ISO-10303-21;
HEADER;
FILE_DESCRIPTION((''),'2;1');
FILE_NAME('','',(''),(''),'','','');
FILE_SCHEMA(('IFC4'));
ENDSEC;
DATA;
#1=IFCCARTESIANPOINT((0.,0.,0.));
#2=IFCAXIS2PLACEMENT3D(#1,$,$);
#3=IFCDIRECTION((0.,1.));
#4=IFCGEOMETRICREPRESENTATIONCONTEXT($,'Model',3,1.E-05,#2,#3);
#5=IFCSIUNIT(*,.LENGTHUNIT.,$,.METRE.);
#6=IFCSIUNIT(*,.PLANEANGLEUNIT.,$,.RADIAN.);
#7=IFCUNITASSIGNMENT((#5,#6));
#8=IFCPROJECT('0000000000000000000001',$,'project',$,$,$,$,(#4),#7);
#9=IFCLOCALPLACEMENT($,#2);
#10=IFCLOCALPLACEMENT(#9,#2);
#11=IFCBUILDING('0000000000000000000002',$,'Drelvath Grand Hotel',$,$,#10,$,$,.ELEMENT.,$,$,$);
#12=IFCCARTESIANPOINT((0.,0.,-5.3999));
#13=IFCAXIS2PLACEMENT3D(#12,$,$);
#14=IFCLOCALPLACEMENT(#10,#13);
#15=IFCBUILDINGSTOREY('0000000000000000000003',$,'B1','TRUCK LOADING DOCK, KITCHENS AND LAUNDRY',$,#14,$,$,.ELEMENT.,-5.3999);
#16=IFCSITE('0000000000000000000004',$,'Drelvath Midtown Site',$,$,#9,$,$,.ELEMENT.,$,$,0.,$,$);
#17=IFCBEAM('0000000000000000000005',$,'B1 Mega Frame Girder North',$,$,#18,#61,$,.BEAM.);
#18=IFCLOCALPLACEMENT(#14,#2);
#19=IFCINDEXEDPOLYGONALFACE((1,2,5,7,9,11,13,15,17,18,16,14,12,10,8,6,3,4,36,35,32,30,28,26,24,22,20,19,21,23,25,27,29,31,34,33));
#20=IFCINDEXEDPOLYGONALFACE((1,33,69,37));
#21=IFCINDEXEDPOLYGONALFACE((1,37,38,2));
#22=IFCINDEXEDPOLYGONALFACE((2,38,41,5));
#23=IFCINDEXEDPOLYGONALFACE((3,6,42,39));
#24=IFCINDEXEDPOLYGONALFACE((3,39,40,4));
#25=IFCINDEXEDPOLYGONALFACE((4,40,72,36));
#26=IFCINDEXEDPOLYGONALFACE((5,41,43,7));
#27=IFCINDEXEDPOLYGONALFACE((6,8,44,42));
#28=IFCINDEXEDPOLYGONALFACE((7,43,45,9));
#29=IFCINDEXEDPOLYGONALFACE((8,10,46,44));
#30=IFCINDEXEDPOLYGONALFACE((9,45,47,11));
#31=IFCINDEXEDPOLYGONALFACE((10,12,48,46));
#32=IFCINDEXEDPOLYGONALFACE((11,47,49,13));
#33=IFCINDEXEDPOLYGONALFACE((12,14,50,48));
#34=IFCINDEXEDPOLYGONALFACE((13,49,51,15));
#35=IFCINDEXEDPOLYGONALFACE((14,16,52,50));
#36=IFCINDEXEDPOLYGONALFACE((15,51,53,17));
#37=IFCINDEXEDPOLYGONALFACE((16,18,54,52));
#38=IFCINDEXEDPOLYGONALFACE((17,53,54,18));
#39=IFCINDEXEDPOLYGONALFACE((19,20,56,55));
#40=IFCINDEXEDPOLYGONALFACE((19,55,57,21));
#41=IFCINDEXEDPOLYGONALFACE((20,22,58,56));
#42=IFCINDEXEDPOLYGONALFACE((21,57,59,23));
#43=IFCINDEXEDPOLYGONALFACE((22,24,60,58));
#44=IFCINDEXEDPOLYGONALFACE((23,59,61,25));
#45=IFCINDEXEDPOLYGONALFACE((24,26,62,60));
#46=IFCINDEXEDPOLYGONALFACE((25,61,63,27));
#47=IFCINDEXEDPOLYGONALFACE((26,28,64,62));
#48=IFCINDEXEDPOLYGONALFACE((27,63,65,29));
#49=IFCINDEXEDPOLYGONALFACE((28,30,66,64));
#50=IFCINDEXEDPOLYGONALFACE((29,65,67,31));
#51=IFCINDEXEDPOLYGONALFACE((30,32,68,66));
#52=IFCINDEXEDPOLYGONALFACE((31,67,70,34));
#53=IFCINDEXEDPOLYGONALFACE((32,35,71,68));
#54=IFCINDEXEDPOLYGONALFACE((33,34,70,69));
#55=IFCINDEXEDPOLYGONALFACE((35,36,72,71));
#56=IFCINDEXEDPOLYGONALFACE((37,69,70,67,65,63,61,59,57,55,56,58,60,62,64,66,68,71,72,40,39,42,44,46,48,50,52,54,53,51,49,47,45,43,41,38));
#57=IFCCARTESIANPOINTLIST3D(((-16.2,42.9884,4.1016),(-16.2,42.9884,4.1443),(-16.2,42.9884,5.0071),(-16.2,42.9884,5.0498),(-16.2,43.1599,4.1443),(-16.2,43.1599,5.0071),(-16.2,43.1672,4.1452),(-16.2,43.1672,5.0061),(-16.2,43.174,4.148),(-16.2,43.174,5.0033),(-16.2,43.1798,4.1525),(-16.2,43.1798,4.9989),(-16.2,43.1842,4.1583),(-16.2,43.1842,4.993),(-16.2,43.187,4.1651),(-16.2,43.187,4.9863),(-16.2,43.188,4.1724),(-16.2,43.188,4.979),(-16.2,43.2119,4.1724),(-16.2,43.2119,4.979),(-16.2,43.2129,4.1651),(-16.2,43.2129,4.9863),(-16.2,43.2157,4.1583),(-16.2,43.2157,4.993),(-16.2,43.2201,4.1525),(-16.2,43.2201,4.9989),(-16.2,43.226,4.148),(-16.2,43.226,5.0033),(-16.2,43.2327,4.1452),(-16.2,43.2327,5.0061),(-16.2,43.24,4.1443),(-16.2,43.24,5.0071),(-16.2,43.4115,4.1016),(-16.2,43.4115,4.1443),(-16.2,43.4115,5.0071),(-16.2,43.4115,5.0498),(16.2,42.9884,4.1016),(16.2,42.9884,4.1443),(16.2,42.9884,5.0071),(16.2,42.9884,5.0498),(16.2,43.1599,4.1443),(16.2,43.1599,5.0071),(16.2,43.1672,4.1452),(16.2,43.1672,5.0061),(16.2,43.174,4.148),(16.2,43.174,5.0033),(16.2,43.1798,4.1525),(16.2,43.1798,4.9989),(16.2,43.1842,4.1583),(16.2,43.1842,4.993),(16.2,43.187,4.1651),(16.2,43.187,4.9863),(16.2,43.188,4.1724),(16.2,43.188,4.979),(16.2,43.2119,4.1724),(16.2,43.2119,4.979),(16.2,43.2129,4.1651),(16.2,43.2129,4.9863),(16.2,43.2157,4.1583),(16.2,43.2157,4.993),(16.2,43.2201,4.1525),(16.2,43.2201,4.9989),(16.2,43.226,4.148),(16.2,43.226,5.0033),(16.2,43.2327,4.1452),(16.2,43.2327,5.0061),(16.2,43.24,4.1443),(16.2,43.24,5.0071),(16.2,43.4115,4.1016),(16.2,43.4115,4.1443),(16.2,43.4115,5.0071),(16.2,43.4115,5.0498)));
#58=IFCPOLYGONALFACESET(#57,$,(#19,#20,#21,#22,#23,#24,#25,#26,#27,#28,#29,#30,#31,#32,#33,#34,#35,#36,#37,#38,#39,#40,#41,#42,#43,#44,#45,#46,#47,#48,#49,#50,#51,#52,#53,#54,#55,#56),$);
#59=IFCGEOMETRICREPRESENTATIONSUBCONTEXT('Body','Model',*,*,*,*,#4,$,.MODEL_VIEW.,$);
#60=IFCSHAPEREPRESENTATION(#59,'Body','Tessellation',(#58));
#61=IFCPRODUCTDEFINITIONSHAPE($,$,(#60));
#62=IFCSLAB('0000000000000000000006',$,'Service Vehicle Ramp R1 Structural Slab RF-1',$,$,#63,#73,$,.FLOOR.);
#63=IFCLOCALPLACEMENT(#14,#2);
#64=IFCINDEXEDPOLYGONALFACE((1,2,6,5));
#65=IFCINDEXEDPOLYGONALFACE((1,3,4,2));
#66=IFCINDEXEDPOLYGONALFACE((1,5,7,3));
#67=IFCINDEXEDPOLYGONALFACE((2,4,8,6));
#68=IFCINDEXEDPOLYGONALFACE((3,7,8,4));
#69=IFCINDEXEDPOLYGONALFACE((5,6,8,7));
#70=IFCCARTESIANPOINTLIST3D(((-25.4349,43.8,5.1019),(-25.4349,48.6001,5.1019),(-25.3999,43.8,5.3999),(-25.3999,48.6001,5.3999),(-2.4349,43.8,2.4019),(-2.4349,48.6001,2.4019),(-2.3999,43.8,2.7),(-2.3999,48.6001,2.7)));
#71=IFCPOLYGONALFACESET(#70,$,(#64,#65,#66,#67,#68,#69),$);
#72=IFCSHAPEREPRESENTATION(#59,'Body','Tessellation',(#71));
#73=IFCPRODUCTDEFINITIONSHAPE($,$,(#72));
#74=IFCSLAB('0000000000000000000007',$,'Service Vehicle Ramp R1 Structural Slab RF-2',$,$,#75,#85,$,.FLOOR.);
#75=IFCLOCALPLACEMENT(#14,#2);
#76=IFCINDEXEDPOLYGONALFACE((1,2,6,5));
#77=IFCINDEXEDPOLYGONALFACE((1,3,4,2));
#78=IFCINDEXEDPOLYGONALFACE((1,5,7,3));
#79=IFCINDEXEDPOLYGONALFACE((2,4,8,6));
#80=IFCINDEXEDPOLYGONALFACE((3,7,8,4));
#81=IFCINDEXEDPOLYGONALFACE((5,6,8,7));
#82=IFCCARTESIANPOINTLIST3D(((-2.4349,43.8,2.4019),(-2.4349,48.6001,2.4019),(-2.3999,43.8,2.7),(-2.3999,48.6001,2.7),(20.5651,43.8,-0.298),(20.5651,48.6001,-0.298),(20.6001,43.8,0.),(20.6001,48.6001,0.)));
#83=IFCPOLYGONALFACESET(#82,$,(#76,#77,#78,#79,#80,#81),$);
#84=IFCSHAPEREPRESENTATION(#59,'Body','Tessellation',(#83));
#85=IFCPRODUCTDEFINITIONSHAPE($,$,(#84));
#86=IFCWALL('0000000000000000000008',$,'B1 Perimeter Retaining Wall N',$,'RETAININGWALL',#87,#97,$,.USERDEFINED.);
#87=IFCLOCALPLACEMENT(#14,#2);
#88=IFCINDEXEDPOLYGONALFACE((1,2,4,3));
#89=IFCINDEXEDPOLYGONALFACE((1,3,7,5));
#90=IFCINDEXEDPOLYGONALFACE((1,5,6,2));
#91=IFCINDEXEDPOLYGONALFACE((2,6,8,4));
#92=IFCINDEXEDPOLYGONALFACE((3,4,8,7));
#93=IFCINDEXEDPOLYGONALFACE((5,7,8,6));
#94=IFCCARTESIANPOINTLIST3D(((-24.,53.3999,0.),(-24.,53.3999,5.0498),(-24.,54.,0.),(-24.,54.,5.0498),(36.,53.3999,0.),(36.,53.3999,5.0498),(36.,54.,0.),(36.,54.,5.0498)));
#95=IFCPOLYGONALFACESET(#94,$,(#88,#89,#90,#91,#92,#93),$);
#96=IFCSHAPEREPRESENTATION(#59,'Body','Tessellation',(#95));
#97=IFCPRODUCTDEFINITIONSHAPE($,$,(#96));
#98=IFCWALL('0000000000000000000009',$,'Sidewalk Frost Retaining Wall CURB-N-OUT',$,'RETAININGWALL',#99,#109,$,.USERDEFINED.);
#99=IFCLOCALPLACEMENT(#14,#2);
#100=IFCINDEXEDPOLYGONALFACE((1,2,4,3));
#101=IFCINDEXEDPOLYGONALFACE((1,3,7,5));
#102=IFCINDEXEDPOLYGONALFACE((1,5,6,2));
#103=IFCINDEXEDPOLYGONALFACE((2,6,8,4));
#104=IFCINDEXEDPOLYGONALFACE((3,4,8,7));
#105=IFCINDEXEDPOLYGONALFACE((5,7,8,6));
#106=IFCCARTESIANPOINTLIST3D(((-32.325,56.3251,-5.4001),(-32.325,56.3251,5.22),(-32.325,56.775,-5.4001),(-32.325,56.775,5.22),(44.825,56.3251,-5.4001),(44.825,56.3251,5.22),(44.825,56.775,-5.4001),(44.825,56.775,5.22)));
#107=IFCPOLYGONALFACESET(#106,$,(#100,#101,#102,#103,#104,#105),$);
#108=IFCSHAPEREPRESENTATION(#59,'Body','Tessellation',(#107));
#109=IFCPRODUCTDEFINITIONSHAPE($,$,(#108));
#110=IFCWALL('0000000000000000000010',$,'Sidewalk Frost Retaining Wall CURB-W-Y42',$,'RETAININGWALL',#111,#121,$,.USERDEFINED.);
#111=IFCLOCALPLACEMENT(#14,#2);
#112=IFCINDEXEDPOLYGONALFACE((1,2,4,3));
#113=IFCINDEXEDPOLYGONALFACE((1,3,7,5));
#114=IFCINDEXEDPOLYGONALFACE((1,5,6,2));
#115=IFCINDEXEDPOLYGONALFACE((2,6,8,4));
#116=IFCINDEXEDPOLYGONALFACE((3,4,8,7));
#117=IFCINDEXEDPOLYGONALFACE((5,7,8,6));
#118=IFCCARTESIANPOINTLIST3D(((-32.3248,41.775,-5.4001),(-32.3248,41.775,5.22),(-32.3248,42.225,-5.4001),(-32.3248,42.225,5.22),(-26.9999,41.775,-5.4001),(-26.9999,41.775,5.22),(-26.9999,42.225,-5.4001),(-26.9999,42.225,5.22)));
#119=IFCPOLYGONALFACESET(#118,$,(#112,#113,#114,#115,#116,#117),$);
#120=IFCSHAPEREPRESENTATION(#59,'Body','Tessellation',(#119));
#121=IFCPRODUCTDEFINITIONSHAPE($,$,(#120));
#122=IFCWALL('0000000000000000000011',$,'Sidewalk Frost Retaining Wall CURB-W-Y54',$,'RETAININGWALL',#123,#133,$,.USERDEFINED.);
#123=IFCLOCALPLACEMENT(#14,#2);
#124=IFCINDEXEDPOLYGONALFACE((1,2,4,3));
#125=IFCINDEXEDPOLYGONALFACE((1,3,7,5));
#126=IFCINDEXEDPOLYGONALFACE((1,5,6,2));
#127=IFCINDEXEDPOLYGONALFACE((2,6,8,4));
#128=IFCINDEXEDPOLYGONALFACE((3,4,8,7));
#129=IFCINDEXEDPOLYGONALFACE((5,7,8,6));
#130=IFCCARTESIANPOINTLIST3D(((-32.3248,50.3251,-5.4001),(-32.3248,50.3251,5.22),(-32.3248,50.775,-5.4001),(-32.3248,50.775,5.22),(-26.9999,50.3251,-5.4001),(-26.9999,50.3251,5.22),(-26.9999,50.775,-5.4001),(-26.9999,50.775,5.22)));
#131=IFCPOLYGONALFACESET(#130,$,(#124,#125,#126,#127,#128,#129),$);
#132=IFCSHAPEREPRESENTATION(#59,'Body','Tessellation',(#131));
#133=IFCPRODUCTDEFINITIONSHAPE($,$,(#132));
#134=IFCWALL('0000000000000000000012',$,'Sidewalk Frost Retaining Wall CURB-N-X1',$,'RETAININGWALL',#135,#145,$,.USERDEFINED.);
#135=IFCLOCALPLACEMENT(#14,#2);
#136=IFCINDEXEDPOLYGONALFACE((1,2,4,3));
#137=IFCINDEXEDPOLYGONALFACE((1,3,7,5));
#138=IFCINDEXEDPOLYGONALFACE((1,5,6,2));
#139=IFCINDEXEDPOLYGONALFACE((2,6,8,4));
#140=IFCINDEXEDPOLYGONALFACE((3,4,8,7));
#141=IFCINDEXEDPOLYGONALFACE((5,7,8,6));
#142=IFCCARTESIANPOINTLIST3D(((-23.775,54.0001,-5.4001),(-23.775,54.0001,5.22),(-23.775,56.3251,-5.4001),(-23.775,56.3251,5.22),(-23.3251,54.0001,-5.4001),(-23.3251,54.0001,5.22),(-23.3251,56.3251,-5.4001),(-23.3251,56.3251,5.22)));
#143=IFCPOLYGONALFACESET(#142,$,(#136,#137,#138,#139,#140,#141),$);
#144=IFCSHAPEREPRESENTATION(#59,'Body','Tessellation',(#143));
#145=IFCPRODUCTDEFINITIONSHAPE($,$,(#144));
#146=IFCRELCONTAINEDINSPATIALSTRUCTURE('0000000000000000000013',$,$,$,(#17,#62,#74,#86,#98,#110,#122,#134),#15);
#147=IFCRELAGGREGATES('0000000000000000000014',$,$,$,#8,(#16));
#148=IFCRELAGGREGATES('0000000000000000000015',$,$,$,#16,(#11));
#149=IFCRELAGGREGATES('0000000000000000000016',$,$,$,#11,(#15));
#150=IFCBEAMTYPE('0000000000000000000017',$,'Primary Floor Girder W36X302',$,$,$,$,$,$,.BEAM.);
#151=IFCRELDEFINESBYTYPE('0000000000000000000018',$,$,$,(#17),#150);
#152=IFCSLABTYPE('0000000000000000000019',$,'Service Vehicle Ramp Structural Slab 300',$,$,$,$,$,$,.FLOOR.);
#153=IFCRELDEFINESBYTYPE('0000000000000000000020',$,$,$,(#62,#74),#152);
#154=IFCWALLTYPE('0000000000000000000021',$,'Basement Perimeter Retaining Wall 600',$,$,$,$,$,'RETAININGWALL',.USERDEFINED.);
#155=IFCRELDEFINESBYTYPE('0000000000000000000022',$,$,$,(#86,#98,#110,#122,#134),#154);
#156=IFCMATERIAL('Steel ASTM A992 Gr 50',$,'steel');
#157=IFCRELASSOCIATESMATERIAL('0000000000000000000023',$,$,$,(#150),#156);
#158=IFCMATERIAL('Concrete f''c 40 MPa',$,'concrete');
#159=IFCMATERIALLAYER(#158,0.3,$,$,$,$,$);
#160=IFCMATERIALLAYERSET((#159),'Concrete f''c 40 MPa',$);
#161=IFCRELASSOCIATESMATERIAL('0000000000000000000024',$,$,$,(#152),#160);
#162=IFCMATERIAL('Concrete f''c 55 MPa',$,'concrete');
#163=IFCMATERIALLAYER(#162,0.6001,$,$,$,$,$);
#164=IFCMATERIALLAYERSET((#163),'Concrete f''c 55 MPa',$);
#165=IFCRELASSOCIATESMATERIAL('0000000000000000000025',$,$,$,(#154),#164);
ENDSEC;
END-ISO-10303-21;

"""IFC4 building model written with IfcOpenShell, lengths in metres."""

from ifc_helpers import new_model, si_unit, direction, frame, frame_2d, origin, origin_2d, place, context, subcontext, project, spatial, polyline, rectangle, i_section, outline, extrude, material, layer, layer_set, material_profile, profile_set, type_object, element, save


model = new_model("IFC4")

# Units and contexts
model_context = context("Model", 3, precision=1e-05, world=origin(), true_north=direction((0.0, 1.0)))
body_context = subcontext(model_context, "Body", "Model", "MODEL_VIEW")
ifc_project = project(units=[si_unit("LENGTHUNIT", "METRE"), si_unit("PLANEANGLEUNIT", "RADIAN")], contexts=[model_context])

# Site, building, storey
site_placement = place(None, origin())
site = spatial("IfcSite", under=ifc_project, at=site_placement, Name="Drelvath Midtown Site", CompositionType="ELEMENT", RefElevation=0.0)
building_placement = place(site_placement, origin())
building = spatial("IfcBuilding", under=site, at=building_placement, Name="Drelvath Grand Hotel", CompositionType="ELEMENT")
storey_placement = place(building_placement, frame((0.0, 0.0, -5.3999)))
storey = spatial("IfcBuildingStorey", under=building, at=storey_placement, Name="B1", Description="TRUCK LOADING DOCK, KITCHENS AND LAUNDRY", CompositionType="ELEMENT", Elevation=-5.3999)

# Beam
ifc_material_1 = material(Name="Steel ASTM A992 Gr 50", Category="steel")
ifc_material_profile_1 = material_profile(ifc_material_1, i_section(OverallWidth=0.4231, OverallDepth=0.9482, WebThickness=0.0239, FlangeThickness=0.0427, FilletRadius=0.0281, at=origin_2d()), Name="W36X302")
ifc_profile_set_1 = profile_set([ifc_material_profile_1], Name="Steel ASTM A992 Gr 50")
beam_type_1 = type_object("IfcBeamType", Name="Primary Floor Girder W36X302", PredefinedType="BEAM", material=ifc_profile_set_1)
beam_1_placement = place(storey_placement, frame((-16.2, 43.2, 4.5757), z_axis=(1.0, 0.0, 0.0), x_axis=(0.0, 1.0, 0.0)))
element("IfcBeam", 1, at=beam_1_placement, inside=storey, type_object=beam_type_1, Name="B1 Mega Frame Girder North", PredefinedType="BEAM", context=body_context, shape_type="SweptSolid", body=[
    extrude(i_section(OverallWidth=0.4231, OverallDepth=0.9482, WebThickness=0.0239, FlangeThickness=0.0427, FilletRadius=0.0281, at=origin_2d()), origin(), (0.0, 0.0, 1.0), 32.3999),
])

# Slabs
ifc_material_2 = material(Name="Concrete f'c 40 MPa", Category="concrete")
ifc_layer_1 = layer(ifc_material_2, 0.3)
ifc_layer_set_1 = layer_set([ifc_layer_1], Name="Concrete f'c 40 MPa")
slab_type = type_object("IfcSlabType", Name="Service Vehicle Ramp Structural Slab 300", PredefinedType="FLOOR", material=ifc_layer_set_1)
for number, where, z_axis, x_axis, name in (
    (2, (-25.3999, 43.8, 5.3999), (0.116589, 0.0, 0.99318), (0.99318, 0.0, -0.116589), "Service Vehicle Ramp R1 Structural Slab RF-1"),
    (3, (-2.3999, 43.8, 2.7), (0.116589, 0.0, 0.99318), (0.99318, 0.0, -0.116589), "Service Vehicle Ramp R1 Structural Slab RF-2"),
):
    element("IfcSlab", number, at=place(storey_placement, frame(where, z_axis=z_axis, x_axis=x_axis)), inside=storey, type_object=slab_type, Name=name, PredefinedType="FLOOR", context=body_context, shape_type="SweptSolid", body=[
        extrude(outline(polyline([(0.0, 0.0), (23.1579, 0.0), (23.1579, 4.8), (0.0, 4.8), (0.0, 0.0)])), origin(), (0.0, 0.0, -1.0), 0.3),
    ])

# Walls
ifc_material_3 = material(Name="Concrete f'c 55 MPa", Category="concrete")
ifc_layer_2 = layer(ifc_material_3, 0.6001)
ifc_layer_set_2 = layer_set([ifc_layer_2], Name="Concrete f'c 55 MPa")
wall_type_1 = type_object("IfcWallType", Name="Basement Perimeter Retaining Wall 600", ElementType="RETAININGWALL", PredefinedType="USERDEFINED", material=ifc_layer_set_2)
wall_1_placement = place(storey_placement, frame((-24.0, 53.7, 0.0), z_axis=(0.0, 0.0, 1.0), x_axis=(1.0, 0.0, 0.0)))
element("IfcWall", 4, at=wall_1_placement, inside=storey, type_object=wall_type_1, Name="B1 Perimeter Retaining Wall N", ObjectType="RETAININGWALL", PredefinedType="USERDEFINED", context=body_context, shape_type="SweptSolid", body=[
    extrude(rectangle(XDim=60.0, YDim=0.6001, at=frame_2d((30.0, 0.0))), origin(), (0.0, 0.0, 1.0), 5.0498),
])
wall_2_placement = place(storey_placement, frame((-32.325, 56.55, -5.4001), z_axis=(0.0, 0.0, 1.0), x_axis=(1.0, 0.0, 0.0)))
element("IfcWall", 5, at=wall_2_placement, inside=storey, type_object=wall_type_1, Name="Sidewalk Frost Retaining Wall CURB-N-OUT", ObjectType="RETAININGWALL", PredefinedType="USERDEFINED", context=body_context, shape_type="SweptSolid", body=[
    extrude(rectangle(XDim=77.1499, YDim=0.45, at=frame_2d((38.575, 0.0))), origin(), (0.0, 0.0, 1.0), 10.6201),
])
for number, where, z_axis, x_axis, name in (
    (6, (-32.325, 42.0, -5.4001), (0.0, 0.0, 1.0), (1.0, 0.0, 0.0), "Sidewalk Frost Retaining Wall CURB-W-Y42"),
    (7, (-32.325, 50.55, -5.4001), (0.0, 0.0, 1.0), (1.0, 0.0, 0.0), "Sidewalk Frost Retaining Wall CURB-W-Y54"),
):
    element("IfcWall", number, at=place(storey_placement, frame(where, z_axis=z_axis, x_axis=x_axis)), inside=storey, type_object=wall_type_1, Name=name, ObjectType="RETAININGWALL", PredefinedType="USERDEFINED", context=body_context, shape_type="SweptSolid", body=[
        extrude(rectangle(XDim=5.325, YDim=0.45, at=frame_2d((2.6626, 0.0))), origin(), (0.0, 0.0, 1.0), 10.6201),
    ])
wall_3_placement = place(storey_placement, frame((-23.55, 54.0, -5.4001), z_axis=(0.0, 0.0, 1.0), x_axis=(0.0, 1.0, 0.0)))
element("IfcWall", 8, at=wall_3_placement, inside=storey, type_object=wall_type_1, Name="Sidewalk Frost Retaining Wall CURB-N-X1", ObjectType="RETAININGWALL", PredefinedType="USERDEFINED", context=body_context, shape_type="SweptSolid", body=[
    extrude(rectangle(XDim=2.325, YDim=0.45, at=frame_2d((1.1626, 0.0))), origin(), (0.0, 0.0, 1.0), 10.6201),
])

save(model, "model.ifc")
